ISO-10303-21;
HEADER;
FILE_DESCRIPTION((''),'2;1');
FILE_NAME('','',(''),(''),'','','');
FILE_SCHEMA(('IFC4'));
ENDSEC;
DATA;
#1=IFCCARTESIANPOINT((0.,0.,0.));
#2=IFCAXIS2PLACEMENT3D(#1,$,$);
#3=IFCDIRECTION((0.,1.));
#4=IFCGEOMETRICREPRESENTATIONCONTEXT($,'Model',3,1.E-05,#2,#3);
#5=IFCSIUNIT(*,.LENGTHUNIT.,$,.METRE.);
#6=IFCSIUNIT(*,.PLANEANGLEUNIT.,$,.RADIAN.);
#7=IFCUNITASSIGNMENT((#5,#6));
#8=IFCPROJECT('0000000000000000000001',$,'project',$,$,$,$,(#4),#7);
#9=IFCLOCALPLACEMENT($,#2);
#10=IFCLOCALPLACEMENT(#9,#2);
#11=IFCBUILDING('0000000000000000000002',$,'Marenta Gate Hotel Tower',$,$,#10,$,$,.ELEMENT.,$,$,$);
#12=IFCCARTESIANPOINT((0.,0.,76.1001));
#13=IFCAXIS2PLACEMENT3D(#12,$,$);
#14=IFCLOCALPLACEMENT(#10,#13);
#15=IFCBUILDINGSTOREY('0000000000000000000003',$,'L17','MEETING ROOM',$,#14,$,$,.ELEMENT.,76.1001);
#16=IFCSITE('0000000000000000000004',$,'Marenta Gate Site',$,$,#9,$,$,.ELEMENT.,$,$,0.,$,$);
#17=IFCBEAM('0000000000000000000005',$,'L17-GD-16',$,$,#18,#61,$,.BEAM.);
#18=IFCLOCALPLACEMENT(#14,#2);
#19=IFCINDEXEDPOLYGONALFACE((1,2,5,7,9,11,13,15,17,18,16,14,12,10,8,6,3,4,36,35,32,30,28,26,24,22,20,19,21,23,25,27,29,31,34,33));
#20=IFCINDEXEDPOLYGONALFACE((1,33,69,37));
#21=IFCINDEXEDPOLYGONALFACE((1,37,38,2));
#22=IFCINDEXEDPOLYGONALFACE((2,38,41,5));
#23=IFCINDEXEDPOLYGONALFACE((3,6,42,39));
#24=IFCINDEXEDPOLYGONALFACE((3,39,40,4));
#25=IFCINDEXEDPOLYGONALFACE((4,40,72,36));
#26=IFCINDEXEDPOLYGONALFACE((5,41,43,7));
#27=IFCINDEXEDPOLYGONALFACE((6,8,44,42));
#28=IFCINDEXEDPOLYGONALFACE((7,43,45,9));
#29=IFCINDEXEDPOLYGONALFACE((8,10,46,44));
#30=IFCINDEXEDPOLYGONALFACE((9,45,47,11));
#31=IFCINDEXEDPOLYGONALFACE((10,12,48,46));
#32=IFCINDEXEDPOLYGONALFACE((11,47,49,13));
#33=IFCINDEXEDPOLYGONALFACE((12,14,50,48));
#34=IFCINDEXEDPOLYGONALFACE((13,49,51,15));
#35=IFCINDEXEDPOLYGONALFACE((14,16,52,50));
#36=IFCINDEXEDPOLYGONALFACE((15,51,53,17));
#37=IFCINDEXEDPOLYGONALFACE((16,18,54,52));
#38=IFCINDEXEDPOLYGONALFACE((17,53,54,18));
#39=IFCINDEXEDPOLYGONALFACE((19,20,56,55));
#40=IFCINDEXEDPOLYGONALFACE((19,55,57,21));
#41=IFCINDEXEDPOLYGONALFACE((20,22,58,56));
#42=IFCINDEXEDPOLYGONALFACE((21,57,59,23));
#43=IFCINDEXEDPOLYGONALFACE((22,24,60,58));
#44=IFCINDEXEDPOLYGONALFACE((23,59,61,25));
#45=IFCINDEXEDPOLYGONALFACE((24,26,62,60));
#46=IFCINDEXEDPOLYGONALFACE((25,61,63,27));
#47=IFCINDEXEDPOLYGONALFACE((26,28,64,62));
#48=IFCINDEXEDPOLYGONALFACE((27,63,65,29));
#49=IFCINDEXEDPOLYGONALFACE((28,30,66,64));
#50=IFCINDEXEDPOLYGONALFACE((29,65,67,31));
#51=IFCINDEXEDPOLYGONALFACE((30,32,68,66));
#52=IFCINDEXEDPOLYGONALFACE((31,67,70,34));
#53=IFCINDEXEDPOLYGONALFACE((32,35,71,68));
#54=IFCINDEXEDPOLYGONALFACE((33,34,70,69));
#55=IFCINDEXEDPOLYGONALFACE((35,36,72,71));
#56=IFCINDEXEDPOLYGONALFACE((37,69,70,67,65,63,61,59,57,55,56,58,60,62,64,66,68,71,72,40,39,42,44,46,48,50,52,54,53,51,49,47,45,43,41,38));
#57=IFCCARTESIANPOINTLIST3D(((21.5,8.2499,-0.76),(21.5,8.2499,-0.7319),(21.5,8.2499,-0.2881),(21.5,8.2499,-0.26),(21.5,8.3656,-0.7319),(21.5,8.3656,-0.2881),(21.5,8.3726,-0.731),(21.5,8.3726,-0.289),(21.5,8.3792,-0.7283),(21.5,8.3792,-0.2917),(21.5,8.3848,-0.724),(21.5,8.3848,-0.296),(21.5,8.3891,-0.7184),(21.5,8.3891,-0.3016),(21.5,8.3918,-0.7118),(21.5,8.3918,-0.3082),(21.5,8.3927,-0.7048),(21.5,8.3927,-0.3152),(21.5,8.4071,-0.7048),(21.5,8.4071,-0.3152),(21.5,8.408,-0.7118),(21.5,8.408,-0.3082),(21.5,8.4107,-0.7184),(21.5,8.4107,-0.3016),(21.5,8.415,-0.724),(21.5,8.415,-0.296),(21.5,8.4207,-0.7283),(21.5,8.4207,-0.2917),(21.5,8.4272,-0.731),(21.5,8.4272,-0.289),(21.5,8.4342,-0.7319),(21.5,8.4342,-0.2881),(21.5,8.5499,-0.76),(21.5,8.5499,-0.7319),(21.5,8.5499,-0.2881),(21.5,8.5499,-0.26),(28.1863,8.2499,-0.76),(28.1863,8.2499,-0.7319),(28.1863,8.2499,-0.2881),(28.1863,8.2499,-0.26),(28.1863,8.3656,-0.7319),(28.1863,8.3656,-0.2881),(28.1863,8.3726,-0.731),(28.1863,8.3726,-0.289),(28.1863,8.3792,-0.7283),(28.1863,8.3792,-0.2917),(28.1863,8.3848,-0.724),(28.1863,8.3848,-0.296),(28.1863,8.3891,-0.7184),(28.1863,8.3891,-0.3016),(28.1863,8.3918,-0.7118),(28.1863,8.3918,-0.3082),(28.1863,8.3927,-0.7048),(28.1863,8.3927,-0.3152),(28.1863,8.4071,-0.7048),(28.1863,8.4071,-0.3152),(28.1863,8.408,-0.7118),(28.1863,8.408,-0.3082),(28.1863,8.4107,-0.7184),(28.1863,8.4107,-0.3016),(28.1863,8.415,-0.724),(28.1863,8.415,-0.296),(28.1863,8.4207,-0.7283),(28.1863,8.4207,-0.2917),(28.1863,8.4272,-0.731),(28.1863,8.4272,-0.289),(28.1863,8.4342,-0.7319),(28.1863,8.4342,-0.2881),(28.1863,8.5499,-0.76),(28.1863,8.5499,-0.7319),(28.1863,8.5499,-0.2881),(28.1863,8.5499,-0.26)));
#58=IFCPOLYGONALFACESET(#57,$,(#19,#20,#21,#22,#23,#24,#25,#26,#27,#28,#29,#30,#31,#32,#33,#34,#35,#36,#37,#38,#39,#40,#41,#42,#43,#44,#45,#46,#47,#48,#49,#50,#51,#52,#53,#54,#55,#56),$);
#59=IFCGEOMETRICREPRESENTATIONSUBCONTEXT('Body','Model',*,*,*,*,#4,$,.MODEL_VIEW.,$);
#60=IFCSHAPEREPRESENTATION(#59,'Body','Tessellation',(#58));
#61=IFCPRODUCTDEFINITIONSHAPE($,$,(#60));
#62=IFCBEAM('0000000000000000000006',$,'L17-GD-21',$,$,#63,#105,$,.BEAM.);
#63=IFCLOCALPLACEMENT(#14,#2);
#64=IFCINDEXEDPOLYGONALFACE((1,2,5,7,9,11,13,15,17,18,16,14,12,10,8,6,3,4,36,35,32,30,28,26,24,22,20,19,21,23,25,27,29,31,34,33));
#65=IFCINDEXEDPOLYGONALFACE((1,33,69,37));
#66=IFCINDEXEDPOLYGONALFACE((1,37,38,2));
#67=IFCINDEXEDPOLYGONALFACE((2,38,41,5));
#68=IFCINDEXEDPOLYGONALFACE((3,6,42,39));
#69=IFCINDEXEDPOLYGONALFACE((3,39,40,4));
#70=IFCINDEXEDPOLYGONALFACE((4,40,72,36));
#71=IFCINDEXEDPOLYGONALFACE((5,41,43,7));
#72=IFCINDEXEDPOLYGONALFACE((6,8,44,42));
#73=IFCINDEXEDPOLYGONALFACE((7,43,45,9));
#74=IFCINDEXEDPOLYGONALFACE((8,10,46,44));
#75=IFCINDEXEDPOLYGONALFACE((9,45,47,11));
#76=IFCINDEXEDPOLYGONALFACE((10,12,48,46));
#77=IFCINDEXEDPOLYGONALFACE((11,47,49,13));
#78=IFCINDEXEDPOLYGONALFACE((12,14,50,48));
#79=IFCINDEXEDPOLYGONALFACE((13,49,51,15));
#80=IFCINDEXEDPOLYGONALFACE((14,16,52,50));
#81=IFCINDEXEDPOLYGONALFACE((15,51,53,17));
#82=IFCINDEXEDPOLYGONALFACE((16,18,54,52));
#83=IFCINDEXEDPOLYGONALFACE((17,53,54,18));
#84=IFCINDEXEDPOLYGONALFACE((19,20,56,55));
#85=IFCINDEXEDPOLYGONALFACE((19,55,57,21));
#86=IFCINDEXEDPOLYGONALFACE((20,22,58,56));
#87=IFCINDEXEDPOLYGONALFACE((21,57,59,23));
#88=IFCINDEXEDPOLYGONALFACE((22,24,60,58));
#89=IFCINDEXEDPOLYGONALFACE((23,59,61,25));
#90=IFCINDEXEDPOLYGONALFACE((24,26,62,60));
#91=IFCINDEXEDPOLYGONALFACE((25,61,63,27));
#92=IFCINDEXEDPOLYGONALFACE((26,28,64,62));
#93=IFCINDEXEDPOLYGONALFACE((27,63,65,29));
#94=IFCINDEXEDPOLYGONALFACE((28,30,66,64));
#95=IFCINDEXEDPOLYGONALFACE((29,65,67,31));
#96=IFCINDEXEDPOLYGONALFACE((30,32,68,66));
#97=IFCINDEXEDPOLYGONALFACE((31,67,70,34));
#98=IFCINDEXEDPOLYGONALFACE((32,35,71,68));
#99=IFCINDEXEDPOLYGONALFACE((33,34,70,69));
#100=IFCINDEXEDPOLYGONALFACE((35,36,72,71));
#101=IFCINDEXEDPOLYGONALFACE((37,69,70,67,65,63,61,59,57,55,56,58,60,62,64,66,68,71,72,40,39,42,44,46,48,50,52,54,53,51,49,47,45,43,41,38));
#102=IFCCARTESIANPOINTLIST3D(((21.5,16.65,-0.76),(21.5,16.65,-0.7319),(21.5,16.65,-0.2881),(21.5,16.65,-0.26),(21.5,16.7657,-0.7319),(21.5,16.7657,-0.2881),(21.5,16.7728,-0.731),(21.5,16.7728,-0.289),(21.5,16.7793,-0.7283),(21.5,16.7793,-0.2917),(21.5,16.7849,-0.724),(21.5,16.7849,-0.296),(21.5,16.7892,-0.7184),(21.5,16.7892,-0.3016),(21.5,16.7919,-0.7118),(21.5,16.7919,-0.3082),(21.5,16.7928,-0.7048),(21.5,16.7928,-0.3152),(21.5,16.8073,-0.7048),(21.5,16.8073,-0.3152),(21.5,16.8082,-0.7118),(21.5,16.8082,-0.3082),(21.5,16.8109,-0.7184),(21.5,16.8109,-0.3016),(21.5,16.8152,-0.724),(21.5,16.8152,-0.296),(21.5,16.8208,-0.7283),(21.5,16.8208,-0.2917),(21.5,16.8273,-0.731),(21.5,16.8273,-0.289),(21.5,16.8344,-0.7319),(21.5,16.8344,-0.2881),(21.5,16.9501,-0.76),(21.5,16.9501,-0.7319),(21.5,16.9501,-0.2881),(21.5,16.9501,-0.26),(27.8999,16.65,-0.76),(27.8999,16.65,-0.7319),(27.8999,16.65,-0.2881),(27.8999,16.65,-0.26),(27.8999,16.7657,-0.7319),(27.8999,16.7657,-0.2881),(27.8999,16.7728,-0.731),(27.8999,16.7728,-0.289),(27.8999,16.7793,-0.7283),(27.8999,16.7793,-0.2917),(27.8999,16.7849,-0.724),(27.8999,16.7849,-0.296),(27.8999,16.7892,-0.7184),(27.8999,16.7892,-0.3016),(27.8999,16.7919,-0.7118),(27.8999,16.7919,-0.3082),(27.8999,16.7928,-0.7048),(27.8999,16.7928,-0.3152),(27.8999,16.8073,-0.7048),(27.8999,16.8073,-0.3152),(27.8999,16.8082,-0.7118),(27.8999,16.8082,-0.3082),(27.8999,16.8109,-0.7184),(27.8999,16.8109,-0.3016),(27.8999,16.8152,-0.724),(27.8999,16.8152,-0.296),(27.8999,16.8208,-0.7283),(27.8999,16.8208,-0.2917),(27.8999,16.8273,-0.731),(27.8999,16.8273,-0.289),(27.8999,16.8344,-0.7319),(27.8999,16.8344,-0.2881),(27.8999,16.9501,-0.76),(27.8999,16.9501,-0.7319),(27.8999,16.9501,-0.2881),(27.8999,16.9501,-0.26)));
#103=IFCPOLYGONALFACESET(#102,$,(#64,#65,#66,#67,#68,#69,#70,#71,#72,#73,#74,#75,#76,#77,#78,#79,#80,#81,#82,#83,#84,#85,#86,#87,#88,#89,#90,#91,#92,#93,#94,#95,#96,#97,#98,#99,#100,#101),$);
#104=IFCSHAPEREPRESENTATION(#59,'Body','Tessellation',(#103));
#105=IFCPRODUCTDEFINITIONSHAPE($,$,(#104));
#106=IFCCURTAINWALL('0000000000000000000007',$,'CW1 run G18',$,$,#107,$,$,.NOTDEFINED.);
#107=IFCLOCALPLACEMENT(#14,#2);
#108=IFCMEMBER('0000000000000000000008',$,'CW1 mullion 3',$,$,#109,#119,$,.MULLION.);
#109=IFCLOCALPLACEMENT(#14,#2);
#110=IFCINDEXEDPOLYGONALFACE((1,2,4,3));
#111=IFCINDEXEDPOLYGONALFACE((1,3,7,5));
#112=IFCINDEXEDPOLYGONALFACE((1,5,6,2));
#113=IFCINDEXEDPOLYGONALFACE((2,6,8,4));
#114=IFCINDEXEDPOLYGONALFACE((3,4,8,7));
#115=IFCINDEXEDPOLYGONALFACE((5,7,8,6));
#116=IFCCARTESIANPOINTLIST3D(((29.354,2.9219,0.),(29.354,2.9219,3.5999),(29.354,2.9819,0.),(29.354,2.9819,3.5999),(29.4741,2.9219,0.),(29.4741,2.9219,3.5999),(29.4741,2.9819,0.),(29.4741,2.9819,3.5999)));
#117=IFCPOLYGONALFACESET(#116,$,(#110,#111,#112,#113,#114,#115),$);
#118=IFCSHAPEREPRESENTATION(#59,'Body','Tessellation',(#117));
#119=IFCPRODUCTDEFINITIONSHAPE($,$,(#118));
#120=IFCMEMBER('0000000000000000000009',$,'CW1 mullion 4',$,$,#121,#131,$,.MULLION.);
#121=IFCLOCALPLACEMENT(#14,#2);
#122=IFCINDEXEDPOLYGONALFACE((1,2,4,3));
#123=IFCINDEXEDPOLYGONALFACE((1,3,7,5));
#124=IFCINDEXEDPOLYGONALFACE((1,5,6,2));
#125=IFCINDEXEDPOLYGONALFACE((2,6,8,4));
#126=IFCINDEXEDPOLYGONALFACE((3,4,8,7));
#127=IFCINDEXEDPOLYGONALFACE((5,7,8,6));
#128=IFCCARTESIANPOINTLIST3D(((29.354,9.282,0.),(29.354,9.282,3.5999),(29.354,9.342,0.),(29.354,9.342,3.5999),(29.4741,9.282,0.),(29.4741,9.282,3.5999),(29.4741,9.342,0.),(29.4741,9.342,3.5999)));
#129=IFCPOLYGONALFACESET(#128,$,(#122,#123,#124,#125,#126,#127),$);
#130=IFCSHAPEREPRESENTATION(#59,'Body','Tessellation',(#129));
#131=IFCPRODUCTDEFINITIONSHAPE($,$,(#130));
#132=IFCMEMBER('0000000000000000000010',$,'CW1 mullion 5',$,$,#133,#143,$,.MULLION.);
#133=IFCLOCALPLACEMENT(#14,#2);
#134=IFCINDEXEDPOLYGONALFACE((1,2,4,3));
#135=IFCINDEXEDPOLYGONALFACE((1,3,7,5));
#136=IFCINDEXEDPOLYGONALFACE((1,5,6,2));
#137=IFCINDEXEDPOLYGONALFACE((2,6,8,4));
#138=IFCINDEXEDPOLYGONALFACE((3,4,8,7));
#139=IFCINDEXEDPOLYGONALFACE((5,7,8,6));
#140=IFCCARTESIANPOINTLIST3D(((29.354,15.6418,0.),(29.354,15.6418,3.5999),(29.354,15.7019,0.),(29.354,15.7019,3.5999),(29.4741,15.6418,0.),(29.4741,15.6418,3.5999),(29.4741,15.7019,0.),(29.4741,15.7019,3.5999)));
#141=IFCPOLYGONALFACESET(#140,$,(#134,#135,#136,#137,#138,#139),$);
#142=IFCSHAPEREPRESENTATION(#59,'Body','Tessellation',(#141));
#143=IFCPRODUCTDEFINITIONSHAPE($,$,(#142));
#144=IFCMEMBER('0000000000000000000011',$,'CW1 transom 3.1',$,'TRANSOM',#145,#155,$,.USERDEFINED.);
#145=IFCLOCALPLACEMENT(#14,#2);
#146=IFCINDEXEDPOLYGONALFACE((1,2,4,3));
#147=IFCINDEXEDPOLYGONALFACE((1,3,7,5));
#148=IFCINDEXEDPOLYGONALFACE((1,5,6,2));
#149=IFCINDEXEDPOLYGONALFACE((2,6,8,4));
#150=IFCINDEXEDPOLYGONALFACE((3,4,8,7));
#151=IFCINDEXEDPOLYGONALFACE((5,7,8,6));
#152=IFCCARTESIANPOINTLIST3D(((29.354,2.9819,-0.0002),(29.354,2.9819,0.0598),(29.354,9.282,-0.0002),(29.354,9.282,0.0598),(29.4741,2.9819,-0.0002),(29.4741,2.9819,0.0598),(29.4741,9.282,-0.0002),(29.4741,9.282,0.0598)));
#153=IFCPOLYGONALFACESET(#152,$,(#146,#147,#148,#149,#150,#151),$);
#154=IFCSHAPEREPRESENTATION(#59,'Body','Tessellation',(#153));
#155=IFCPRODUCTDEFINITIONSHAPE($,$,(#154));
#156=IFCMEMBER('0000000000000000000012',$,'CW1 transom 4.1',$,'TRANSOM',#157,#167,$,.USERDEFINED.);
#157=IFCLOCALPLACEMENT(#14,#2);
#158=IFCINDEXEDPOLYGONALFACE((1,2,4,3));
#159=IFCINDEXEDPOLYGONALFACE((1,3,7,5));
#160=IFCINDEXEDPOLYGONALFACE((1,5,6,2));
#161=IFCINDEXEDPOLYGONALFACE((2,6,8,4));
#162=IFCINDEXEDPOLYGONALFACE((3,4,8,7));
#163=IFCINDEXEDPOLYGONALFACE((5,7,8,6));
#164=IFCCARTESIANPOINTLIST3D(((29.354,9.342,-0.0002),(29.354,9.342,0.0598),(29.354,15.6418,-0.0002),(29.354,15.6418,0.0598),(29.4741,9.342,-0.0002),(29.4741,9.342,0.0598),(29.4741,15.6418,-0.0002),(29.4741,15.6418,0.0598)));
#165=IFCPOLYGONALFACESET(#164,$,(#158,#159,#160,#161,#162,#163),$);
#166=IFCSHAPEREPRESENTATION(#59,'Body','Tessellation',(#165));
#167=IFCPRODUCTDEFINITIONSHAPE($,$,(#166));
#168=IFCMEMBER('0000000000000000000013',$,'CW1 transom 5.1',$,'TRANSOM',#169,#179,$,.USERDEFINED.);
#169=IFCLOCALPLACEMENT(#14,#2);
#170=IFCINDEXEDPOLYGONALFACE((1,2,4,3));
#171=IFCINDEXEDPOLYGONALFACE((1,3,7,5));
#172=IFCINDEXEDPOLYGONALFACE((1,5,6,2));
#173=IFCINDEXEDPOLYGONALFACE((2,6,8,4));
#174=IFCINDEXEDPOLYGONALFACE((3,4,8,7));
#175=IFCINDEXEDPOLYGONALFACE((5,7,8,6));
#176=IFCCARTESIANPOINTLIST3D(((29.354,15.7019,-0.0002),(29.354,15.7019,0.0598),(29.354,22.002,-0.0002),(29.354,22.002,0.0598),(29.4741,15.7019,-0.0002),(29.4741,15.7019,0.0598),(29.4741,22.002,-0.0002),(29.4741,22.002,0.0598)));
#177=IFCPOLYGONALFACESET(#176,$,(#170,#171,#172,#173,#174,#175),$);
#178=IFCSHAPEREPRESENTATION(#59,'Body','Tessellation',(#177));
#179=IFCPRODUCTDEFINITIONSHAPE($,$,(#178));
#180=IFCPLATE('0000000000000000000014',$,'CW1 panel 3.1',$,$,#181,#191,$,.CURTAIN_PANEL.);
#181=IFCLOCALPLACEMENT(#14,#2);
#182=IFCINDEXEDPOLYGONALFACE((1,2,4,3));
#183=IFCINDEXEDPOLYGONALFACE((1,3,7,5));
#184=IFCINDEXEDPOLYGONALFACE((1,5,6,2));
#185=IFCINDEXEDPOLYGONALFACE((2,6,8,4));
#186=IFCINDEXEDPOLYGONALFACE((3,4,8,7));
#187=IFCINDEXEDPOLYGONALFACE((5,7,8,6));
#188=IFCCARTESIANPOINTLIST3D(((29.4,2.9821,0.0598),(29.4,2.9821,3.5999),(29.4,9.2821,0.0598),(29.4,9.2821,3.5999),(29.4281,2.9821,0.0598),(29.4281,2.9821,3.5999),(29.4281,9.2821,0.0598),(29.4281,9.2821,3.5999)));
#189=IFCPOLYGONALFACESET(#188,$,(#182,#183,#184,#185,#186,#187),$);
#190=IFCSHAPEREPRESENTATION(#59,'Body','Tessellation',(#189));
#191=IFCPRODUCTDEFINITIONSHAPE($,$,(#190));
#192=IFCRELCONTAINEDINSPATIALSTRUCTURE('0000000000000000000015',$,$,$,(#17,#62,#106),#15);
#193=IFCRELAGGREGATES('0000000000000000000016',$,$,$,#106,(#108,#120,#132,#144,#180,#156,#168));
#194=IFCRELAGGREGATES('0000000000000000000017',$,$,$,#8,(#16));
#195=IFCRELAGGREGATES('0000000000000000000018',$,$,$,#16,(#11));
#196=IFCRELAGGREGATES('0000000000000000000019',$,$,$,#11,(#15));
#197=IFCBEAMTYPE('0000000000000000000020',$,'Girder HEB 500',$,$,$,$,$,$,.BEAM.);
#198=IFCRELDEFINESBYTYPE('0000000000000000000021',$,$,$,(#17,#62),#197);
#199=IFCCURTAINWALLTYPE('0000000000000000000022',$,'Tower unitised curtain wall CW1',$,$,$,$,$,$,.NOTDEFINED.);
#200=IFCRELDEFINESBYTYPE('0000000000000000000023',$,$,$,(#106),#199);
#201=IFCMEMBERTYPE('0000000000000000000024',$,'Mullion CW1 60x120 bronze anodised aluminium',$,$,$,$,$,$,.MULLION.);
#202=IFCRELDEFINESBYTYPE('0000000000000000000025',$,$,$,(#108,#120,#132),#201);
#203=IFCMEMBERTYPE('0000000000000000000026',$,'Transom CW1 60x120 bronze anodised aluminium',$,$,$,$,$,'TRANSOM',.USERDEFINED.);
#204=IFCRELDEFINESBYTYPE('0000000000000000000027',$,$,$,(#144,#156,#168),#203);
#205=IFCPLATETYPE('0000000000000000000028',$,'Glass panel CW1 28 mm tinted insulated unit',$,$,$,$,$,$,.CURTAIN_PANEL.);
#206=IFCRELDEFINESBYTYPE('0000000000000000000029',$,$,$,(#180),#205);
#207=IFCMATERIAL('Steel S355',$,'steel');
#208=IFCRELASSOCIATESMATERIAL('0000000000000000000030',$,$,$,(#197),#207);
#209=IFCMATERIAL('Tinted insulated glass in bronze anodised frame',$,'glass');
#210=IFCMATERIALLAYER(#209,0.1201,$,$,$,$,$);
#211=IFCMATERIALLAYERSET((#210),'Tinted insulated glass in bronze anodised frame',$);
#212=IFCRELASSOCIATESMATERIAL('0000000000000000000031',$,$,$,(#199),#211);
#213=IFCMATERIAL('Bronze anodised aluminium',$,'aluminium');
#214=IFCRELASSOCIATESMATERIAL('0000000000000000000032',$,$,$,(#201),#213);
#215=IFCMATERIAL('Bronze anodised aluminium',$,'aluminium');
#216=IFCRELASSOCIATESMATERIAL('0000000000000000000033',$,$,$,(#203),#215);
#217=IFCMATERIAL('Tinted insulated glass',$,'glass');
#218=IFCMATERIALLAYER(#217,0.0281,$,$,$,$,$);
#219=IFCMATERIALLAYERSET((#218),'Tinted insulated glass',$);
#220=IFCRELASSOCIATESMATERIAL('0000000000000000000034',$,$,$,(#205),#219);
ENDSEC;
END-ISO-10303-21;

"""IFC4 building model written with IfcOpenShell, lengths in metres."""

from ifc_helpers import new_model, si_unit, direction, frame, origin, origin_2d, place, context, subcontext, project, spatial, rectangle, i_section, extrude, material, layer, layer_set, material_profile, profile_set, type_object, element, aggregate, save


model = new_model("IFC4")

# Units and contexts
model_context = context("Model", 3, precision=1e-05, world=origin(), true_north=direction((0.0, 1.0)))
body_context = subcontext(model_context, "Body", "Model", "MODEL_VIEW")
ifc_project = project(units=[si_unit("LENGTHUNIT", "METRE"), si_unit("PLANEANGLEUNIT", "RADIAN")], contexts=[model_context])

# Site, building, storey
site_placement = place(None, origin())
site = spatial("IfcSite", under=ifc_project, at=site_placement, Name="Marenta Gate Site", CompositionType="ELEMENT", RefElevation=0.0)
building_placement = place(site_placement, origin())
building = spatial("IfcBuilding", under=site, at=building_placement, Name="Marenta Gate Hotel Tower", CompositionType="ELEMENT")
storey_placement = place(building_placement, frame((0.0, 0.0, 76.1001)))
storey = spatial("IfcBuildingStorey", under=building, at=storey_placement, Name="L17", Description="MEETING ROOM", CompositionType="ELEMENT", Elevation=76.1001)

# Beams
ifc_material_1 = material(Name="Steel S355", Category="steel")
ifc_material_profile_1 = material_profile(ifc_material_1, i_section(OverallWidth=0.3, OverallDepth=0.5, WebThickness=0.0144, FlangeThickness=0.0281, FilletRadius=0.0271, at=origin_2d()), Name="HEB 500")
ifc_profile_set_1 = profile_set([ifc_material_profile_1], Name="Steel S355")
beam_type_1 = type_object("IfcBeamType", Name="Girder HEB 500", PredefinedType="BEAM", material=ifc_profile_set_1)
beam_1_placement = place(storey_placement, frame((21.5, 8.3999, -0.51), z_axis=(1.0, 0.0, 0.0), x_axis=(0.0, 1.0, 0.0)))
element("IfcBeam", 1, at=beam_1_placement, inside=storey, type_object=beam_type_1, Name="L17-GD-16", PredefinedType="BEAM", context=body_context, shape_type="SweptSolid", body=[
    extrude(i_section(OverallWidth=0.3, OverallDepth=0.5, WebThickness=0.0144, FlangeThickness=0.0281, FilletRadius=0.0271, at=origin_2d()), origin(), (0.0, 0.0, 1.0), 6.6863),
])
beam_2_placement = place(storey_placement, frame((21.5, 16.8, -0.51), z_axis=(1.0, 0.0, 0.0), x_axis=(0.0, 1.0, 0.0)))
element("IfcBeam", 2, at=beam_2_placement, inside=storey, type_object=beam_type_1, Name="L17-GD-21", PredefinedType="BEAM", context=body_context, shape_type="SweptSolid", body=[
    extrude(i_section(OverallWidth=0.3, OverallDepth=0.5, WebThickness=0.0144, FlangeThickness=0.0281, FilletRadius=0.0271, at=origin_2d()), origin(), (0.0, 0.0, 1.0), 6.3999),
])

# Curtain wall, members, plate
ifc_material_2 = material(Name="Tinted insulated glass in bronze anodised frame", Category="glass")
ifc_layer_1 = layer(ifc_material_2, 0.1201)
ifc_layer_set_1 = layer_set([ifc_layer_1], Name="Tinted insulated glass in bronze anodised frame")
curtain_wall_type = type_object("IfcCurtainWallType", Name="Tower unitised curtain wall CW1", PredefinedType="NOTDEFINED", material=ifc_layer_set_1)
curtain_wall_placement = place(storey_placement, origin())
curtain_wall = element("IfcCurtainWall", 3, at=curtain_wall_placement, inside=storey, type_object=curtain_wall_type, Name="CW1 run G18", PredefinedType="NOTDEFINED")
ifc_material_3 = material(Name="Bronze anodised aluminium", Category="aluminium")
ifc_material_profile_2 = material_profile(ifc_material_3, rectangle(XDim=0.1201, YDim=0.0601, at=origin_2d()), Name="Mullion CW1 60x120 bronze anodised aluminium")
ifc_profile_set_2 = profile_set([ifc_material_profile_2], Name="Bronze anodised aluminium")
member_type_1 = type_object("IfcMemberType", Name="Mullion CW1 60x120 bronze anodised aluminium", PredefinedType="MULLION", material=ifc_profile_set_2)
member_1_placement = place(storey_placement, frame((29.4141, 2.9519, 0.0), z_axis=(0.0, 0.0, 1.0), x_axis=(-1.0, 0.0, 0.0)))
member_1 = element("IfcMember", 4, at=member_1_placement, type_object=member_type_1, Name="CW1 mullion 3", PredefinedType="MULLION", context=body_context, shape_type="SweptSolid", body=[
    extrude(rectangle(XDim=0.1201, YDim=0.0601, at=origin_2d()), origin(), (0.0, 0.0, 1.0), 3.5999),
])
member_2_placement = place(storey_placement, frame((29.4141, 9.312, 0.0), z_axis=(0.0, 0.0, 1.0), x_axis=(-1.0, 0.0, 0.0)))
member_2 = element("IfcMember", 5, at=member_2_placement, type_object=member_type_1, Name="CW1 mullion 4", PredefinedType="MULLION", context=body_context, shape_type="SweptSolid", body=[
    extrude(rectangle(XDim=0.1201, YDim=0.0601, at=origin_2d()), origin(), (0.0, 0.0, 1.0), 3.5999),
])
member_3_placement = place(storey_placement, frame((29.4141, 15.6719, 0.0), z_axis=(0.0, 0.0, 1.0), x_axis=(-1.0, 0.0, 0.0)))
member_3 = element("IfcMember", 6, at=member_3_placement, type_object=member_type_1, Name="CW1 mullion 5", PredefinedType="MULLION", context=body_context, shape_type="SweptSolid", body=[
    extrude(rectangle(XDim=0.1201, YDim=0.0601, at=origin_2d()), origin(), (0.0, 0.0, 1.0), 3.5999),
])
ifc_material_4 = material(Name="Bronze anodised aluminium", Category="aluminium")
ifc_material_profile_3 = material_profile(ifc_material_4, rectangle(XDim=0.1201, YDim=0.0601, at=origin_2d()), Name="Transom CW1 60x120 bronze anodised aluminium")
ifc_profile_set_3 = profile_set([ifc_material_profile_3], Name="Bronze anodised aluminium")
member_type_2 = type_object("IfcMemberType", Name="Transom CW1 60x120 bronze anodised aluminium", ElementType="TRANSOM", PredefinedType="USERDEFINED", material=ifc_profile_set_3)
member_4_placement = place(storey_placement, frame((29.4141, 2.9819, 0.0298), z_axis=(0.0, 1.0, 0.0), x_axis=(-1.0, 0.0, 0.0)))
member_4 = element("IfcMember", 7, at=member_4_placement, type_object=member_type_2, Name="CW1 transom 3.1", ObjectType="TRANSOM", PredefinedType="USERDEFINED", context=body_context, shape_type="SweptSolid", body=[
    extrude(rectangle(XDim=0.1201, YDim=0.0601, at=origin_2d()), origin(), (0.0, 0.0, 1.0), 6.3),
])
member_5_placement = place(storey_placement, frame((29.4141, 9.342, 0.0298), z_axis=(0.0, 1.0, 0.0), x_axis=(-1.0, 0.0, 0.0)))
member_5 = element("IfcMember", 8, at=member_5_placement, type_object=member_type_2, Name="CW1 transom 4.1", ObjectType="TRANSOM", PredefinedType="USERDEFINED", context=body_context, shape_type="SweptSolid", body=[
    extrude(rectangle(XDim=0.1201, YDim=0.0601, at=origin_2d()), origin(), (0.0, 0.0, 1.0), 6.2998),
])
member_6_placement = place(storey_placement, frame((29.4141, 15.7019, 0.0298), z_axis=(0.0, 1.0, 0.0), x_axis=(-1.0, 0.0, 0.0)))
member_6 = element("IfcMember", 9, at=member_6_placement, type_object=member_type_2, Name="CW1 transom 5.1", ObjectType="TRANSOM", PredefinedType="USERDEFINED", context=body_context, shape_type="SweptSolid", body=[
    extrude(rectangle(XDim=0.1201, YDim=0.0601, at=origin_2d()), origin(), (0.0, 0.0, 1.0), 6.3),
])
ifc_material_5 = material(Name="Tinted insulated glass", Category="glass")
ifc_layer_2 = layer(ifc_material_5, 0.0281)
ifc_layer_set_2 = layer_set([ifc_layer_2], Name="Tinted insulated glass")
plate_type = type_object("IfcPlateType", Name="Glass panel CW1 28 mm tinted insulated unit", PredefinedType="CURTAIN_PANEL", material=ifc_layer_set_2)
plate_1_placement = place(storey_placement, frame((29.4141, 6.1321, 0.0598), z_axis=(0.0, 0.0, 1.0), x_axis=(0.0, 1.0, 0.0)))
plate_1 = element("IfcPlate", 10, at=plate_1_placement, type_object=plate_type, Name="CW1 panel 3.1", PredefinedType="CURTAIN_PANEL", context=body_context, shape_type="SweptSolid", body=[
    extrude(rectangle(XDim=6.3, YDim=0.0281, at=origin_2d()), origin(), (0.0, 0.0, 1.0), 3.54),
])
aggregate(curtain_wall, [member_1, member_2, member_3, member_4, plate_1, member_5, member_6])

save(model, "model.ifc")
